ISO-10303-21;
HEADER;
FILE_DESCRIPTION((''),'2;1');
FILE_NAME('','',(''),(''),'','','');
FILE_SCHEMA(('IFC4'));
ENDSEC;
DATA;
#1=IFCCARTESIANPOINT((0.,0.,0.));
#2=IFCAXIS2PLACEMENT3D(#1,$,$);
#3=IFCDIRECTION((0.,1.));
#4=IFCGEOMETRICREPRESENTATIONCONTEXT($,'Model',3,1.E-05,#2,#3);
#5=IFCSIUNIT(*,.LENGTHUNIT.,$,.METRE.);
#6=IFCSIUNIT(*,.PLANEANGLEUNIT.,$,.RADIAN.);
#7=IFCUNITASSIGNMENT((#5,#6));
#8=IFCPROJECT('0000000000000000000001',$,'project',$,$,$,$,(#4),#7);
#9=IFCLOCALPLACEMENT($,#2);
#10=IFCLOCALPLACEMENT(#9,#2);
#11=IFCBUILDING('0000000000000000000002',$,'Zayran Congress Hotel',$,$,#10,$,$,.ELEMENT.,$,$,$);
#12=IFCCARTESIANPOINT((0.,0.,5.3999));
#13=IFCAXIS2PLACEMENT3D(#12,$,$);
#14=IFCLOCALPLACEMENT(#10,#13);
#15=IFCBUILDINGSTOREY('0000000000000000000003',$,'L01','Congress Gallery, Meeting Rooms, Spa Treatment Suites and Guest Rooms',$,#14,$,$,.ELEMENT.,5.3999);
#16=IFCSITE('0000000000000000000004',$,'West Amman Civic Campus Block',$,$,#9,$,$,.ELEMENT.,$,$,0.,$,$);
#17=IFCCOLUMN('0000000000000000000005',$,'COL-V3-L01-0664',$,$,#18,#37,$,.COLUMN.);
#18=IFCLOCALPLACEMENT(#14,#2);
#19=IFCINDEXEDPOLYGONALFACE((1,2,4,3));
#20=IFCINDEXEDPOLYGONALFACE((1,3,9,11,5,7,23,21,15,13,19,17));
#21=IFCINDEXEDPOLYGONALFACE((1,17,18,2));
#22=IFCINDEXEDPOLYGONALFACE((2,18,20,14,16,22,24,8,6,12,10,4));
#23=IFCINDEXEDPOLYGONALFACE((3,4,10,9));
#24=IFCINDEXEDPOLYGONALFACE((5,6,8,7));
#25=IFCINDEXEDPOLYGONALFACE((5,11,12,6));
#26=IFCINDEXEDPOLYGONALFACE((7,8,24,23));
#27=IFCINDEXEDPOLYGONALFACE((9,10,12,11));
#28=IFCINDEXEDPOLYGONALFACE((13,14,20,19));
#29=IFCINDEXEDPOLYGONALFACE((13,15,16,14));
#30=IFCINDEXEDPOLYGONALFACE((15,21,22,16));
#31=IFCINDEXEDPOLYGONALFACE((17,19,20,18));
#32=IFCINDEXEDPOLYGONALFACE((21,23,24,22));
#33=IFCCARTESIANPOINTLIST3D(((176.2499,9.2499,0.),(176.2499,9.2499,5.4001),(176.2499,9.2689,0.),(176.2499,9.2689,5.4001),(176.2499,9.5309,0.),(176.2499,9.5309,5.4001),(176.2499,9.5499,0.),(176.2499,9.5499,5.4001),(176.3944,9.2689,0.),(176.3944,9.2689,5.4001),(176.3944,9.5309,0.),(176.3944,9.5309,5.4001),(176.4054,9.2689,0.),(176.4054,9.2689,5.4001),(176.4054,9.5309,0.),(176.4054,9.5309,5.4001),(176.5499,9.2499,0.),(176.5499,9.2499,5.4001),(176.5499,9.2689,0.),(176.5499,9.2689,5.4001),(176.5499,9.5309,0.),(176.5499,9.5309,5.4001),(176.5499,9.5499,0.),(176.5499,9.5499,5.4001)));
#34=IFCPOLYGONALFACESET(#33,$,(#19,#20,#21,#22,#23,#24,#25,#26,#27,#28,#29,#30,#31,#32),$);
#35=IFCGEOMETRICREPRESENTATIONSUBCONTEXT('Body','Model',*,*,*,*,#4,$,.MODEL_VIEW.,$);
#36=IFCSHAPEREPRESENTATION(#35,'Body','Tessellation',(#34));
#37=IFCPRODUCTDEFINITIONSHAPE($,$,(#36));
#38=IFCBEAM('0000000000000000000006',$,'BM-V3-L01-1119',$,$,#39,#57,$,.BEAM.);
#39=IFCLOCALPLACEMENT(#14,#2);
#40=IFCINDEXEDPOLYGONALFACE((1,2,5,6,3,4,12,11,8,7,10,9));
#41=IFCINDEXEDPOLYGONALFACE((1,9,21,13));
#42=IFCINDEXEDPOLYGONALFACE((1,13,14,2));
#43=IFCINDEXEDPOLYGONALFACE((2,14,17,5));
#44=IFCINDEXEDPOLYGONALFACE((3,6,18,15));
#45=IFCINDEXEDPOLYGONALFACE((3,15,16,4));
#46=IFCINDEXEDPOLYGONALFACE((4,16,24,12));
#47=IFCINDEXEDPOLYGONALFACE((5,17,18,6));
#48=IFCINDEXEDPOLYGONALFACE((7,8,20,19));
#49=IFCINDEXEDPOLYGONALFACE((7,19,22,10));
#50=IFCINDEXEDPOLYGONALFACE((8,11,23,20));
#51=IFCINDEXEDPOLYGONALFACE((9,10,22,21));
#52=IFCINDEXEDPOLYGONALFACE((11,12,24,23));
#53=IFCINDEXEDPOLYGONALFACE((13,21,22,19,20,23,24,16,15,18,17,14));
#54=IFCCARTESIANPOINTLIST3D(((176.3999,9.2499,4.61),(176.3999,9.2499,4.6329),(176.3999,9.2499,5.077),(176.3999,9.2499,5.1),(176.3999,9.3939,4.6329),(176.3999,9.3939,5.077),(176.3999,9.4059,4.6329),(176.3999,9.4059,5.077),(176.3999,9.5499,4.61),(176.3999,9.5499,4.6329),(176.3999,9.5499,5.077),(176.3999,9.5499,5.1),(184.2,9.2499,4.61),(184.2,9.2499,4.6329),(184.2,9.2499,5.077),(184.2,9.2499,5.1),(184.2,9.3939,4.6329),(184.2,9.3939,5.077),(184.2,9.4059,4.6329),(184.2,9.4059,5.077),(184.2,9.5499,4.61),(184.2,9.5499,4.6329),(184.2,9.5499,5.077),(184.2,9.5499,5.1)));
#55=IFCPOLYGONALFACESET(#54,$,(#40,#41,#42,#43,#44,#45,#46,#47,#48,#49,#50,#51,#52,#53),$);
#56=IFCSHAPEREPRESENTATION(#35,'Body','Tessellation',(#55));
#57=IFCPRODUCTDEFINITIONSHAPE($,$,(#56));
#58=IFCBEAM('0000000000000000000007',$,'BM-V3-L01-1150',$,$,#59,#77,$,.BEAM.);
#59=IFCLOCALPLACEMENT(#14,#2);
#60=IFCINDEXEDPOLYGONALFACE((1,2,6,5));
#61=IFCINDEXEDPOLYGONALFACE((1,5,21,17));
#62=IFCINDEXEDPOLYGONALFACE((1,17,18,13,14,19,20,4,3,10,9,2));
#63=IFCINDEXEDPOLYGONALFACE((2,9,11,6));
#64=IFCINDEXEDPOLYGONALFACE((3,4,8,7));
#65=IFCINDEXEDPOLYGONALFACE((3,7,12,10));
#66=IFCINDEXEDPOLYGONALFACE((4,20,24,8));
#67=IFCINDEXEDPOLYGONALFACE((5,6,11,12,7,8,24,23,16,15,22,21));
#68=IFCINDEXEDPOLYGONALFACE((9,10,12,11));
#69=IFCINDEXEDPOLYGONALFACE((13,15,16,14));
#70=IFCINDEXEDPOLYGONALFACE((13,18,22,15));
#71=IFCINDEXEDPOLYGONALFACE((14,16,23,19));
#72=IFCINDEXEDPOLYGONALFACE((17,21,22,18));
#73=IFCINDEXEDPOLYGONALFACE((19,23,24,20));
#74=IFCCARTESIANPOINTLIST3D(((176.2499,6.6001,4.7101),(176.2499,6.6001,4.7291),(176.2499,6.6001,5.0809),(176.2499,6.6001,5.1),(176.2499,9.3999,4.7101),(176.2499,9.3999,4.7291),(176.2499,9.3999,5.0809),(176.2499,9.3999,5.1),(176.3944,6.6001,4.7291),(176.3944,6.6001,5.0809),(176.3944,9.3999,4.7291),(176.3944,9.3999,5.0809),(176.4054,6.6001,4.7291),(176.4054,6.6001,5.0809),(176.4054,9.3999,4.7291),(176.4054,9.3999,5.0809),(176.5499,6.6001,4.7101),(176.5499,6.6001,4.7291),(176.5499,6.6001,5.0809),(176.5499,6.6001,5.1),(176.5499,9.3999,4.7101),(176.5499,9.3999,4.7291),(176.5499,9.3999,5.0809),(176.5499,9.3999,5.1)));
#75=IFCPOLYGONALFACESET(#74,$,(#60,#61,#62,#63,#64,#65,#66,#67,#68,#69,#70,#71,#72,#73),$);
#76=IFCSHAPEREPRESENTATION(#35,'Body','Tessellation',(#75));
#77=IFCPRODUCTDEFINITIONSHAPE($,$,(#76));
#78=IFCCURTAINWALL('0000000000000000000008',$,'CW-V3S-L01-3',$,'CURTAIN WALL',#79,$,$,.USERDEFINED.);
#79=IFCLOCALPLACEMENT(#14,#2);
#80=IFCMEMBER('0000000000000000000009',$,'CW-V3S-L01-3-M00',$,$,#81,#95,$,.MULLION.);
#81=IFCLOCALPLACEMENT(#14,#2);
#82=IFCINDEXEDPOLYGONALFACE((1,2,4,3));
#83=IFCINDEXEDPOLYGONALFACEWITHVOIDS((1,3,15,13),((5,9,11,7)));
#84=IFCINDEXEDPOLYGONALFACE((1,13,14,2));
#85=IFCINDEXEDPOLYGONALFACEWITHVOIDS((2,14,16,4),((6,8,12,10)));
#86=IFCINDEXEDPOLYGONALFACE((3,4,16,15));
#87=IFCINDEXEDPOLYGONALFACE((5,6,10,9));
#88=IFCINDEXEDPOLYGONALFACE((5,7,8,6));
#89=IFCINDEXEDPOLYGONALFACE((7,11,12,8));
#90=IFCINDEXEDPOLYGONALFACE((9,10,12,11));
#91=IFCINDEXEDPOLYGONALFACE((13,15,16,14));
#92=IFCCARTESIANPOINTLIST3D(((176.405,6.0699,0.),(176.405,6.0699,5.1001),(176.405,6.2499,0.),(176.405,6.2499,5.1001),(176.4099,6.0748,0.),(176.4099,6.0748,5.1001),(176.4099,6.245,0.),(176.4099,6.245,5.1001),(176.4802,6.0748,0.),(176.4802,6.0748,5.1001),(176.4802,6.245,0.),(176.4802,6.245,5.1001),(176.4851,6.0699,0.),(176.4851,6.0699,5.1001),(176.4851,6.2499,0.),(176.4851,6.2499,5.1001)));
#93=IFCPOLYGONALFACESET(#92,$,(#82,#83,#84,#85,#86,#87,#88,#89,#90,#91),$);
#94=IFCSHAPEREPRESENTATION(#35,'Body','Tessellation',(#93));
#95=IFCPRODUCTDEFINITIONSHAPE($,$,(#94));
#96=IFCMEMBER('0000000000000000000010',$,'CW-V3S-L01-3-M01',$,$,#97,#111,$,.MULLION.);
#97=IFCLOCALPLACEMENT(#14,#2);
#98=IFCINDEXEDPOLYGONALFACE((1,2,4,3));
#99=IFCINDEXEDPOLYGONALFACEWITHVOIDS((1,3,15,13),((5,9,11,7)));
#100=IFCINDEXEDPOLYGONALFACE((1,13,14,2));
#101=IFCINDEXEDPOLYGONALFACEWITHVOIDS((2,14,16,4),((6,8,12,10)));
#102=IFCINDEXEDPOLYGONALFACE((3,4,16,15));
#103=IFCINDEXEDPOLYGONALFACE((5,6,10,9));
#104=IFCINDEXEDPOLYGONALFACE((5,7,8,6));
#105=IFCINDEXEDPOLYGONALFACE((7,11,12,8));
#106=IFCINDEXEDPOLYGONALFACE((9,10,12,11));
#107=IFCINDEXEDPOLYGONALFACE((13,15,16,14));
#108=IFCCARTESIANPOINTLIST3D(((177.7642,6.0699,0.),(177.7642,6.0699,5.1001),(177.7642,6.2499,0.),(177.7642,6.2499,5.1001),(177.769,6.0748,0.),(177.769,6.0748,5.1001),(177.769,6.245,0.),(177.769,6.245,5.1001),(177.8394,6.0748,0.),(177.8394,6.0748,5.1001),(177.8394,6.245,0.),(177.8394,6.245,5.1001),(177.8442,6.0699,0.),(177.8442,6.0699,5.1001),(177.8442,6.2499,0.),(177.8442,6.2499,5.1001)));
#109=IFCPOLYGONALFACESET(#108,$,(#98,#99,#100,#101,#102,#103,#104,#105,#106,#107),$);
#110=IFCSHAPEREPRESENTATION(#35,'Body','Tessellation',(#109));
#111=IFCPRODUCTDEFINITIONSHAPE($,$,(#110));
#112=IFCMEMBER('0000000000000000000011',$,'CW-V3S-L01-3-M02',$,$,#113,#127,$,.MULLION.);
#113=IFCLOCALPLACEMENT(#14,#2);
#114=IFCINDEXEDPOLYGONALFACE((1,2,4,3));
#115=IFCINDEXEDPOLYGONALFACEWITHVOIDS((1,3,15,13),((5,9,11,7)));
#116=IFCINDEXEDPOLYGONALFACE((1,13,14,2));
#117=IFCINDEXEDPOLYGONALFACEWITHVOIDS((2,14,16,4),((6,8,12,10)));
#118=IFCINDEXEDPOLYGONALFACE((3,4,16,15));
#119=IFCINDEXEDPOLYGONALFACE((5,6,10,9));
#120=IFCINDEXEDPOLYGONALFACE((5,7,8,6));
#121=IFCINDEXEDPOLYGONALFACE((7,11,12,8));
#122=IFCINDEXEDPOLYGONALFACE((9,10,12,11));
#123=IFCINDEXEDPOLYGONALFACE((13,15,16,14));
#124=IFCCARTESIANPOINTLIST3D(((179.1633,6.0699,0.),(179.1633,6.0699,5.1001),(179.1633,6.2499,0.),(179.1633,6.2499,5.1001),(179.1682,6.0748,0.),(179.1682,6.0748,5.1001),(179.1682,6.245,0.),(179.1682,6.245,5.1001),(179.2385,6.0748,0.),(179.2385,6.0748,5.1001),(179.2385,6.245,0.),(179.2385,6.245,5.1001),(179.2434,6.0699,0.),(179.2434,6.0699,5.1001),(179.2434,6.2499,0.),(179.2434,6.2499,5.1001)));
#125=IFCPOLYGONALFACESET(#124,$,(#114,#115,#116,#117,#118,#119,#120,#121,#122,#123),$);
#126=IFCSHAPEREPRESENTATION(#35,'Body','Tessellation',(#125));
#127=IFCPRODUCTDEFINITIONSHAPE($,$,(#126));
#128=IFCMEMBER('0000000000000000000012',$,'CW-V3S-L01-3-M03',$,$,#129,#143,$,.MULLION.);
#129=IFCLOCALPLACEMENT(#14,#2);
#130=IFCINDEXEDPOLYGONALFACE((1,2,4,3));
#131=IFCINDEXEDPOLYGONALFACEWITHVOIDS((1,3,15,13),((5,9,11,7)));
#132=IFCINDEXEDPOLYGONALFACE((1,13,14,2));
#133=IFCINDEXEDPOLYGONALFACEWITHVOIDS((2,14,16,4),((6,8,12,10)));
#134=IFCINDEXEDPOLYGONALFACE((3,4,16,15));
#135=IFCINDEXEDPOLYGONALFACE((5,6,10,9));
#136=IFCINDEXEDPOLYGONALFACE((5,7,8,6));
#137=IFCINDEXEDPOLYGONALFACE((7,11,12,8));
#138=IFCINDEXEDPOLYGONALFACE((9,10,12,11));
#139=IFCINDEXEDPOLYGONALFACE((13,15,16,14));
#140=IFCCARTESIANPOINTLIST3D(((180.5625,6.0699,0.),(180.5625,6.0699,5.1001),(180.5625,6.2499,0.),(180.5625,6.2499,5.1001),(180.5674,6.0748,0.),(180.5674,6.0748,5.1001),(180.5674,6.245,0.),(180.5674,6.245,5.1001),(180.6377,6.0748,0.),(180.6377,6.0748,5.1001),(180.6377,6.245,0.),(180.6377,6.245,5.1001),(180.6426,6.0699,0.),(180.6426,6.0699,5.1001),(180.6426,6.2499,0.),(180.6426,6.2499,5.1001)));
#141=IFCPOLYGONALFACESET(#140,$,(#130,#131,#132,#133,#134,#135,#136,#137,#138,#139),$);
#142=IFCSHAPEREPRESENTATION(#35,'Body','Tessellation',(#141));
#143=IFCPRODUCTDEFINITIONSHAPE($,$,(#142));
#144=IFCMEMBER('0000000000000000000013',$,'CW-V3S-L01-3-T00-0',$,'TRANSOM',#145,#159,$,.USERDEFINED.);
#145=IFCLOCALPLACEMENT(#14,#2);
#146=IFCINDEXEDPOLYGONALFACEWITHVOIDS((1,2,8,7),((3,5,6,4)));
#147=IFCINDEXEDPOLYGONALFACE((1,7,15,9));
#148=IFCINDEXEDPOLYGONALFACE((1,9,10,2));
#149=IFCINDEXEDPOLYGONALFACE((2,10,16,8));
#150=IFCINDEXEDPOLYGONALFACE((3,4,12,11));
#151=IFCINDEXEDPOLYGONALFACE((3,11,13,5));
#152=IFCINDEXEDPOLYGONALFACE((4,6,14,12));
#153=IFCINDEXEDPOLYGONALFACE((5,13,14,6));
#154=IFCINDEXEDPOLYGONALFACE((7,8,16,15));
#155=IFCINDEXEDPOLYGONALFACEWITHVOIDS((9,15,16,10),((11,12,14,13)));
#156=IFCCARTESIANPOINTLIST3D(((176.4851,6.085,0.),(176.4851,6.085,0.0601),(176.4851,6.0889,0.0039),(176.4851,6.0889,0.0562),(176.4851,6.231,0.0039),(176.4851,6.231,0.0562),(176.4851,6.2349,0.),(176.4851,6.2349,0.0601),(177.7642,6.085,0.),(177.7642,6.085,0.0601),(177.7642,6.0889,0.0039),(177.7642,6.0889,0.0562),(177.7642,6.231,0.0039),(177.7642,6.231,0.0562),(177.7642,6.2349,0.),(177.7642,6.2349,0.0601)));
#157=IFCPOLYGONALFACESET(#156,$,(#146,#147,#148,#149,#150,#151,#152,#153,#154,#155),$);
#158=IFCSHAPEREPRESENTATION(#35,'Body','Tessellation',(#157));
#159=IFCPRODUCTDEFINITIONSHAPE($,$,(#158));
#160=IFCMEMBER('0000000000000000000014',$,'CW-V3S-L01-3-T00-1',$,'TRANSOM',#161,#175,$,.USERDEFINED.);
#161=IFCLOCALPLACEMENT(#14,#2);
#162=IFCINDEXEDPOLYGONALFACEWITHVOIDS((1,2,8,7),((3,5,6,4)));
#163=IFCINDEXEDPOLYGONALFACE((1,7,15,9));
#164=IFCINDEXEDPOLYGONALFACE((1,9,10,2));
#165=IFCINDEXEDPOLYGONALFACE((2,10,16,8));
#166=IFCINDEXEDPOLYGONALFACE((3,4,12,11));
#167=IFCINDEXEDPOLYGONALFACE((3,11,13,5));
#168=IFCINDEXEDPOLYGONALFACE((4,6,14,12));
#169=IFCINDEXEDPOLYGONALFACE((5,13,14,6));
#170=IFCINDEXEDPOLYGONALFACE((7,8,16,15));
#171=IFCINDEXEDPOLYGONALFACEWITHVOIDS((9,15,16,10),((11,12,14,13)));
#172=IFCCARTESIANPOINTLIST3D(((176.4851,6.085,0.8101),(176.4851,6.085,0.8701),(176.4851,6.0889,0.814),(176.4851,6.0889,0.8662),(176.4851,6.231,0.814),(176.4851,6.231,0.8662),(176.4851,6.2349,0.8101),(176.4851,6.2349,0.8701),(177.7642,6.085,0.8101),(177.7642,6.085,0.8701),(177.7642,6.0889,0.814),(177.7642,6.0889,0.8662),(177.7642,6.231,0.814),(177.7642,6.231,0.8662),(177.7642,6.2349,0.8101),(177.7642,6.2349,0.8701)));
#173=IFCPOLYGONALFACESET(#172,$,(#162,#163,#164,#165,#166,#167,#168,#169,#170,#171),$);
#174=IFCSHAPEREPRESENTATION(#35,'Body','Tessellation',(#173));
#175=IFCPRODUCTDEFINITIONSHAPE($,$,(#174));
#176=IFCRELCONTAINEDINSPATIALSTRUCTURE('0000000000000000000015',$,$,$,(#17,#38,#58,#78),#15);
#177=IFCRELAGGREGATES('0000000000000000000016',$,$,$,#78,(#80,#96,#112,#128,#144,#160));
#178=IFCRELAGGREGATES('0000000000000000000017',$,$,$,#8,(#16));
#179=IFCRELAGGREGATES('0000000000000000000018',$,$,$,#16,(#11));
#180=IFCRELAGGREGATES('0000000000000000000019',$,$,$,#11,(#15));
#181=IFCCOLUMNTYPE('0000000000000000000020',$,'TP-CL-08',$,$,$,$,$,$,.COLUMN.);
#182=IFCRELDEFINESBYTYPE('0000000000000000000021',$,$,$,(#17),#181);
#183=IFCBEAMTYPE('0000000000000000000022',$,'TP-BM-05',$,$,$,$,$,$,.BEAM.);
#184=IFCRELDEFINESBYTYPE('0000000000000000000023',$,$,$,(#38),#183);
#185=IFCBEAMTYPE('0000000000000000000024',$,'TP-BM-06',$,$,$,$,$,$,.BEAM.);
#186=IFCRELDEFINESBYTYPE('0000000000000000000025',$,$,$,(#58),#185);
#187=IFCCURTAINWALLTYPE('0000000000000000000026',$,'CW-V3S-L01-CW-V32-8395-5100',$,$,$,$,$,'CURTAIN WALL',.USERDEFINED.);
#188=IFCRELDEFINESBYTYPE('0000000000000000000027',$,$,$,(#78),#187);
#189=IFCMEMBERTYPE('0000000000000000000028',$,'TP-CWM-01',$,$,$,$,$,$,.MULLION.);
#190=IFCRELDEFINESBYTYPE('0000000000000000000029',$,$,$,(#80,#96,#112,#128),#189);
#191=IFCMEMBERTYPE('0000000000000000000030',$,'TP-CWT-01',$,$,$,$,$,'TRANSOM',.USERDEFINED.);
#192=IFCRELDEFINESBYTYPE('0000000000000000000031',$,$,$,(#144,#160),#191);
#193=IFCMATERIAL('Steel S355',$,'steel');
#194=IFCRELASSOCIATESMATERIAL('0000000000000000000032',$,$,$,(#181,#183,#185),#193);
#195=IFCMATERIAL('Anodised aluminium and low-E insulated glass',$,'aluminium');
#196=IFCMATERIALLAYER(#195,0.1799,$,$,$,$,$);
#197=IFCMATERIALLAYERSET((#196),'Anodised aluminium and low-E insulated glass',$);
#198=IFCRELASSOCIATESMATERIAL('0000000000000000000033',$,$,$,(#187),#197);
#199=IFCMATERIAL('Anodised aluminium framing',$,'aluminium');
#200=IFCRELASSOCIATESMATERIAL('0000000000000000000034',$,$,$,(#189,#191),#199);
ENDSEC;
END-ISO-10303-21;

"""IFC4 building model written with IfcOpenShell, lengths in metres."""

from ifc_helpers import new_model, si_unit, direction, frame, origin, origin_2d, place, context, subcontext, project, spatial, hollow_rectangle, i_section, extrude, material, layer, layer_set, material_profile, profile_set, type_object, element, aggregate, save


model = new_model("IFC4")

# Units and contexts
model_context = context("Model", 3, precision=1e-05, world=origin(), true_north=direction((0.0, 1.0)))
body_context = subcontext(model_context, "Body", "Model", "MODEL_VIEW")
ifc_project = project(units=[si_unit("LENGTHUNIT", "METRE"), si_unit("PLANEANGLEUNIT", "RADIAN")], contexts=[model_context])

# Site, building, storey
site_placement = place(None, origin())
site = spatial("IfcSite", under=ifc_project, at=site_placement, Name="West Amman Civic Campus Block", CompositionType="ELEMENT", RefElevation=0.0)
building_placement = place(site_placement, origin())
building = spatial("IfcBuilding", under=site, at=building_placement, Name="Zayran Congress Hotel", CompositionType="ELEMENT")
storey_placement = place(building_placement, frame((0.0, 0.0, 5.3999)))
storey = spatial("IfcBuildingStorey", under=building, at=storey_placement, Name="L01", Description="Congress Gallery, Meeting Rooms, Spa Treatment Suites and Guest Rooms", CompositionType="ELEMENT", Elevation=5.3999)

# Column
ifc_material_1 = material(Name="Steel S355", Category="steel")
ifc_material_profile_1 = material_profile(ifc_material_1, i_section(OverallWidth=0.3, OverallDepth=0.3, WebThickness=0.011, FlangeThickness=0.019, at=origin_2d()), Name="HEB 300")
ifc_profile_set_1 = profile_set([ifc_material_profile_1], Name="Steel S355")
column_type = type_object("IfcColumnType", Name="TP-CL-08", PredefinedType="COLUMN", material=ifc_profile_set_1)
column_placement = place(storey_placement, frame((176.3999, 9.3999, 0.0), z_axis=(0.0, 0.0, 1.0), x_axis=(1.0, 0.0, 0.0)))
element("IfcColumn", 1, at=column_placement, inside=storey, type_object=column_type, Name="COL-V3-L01-0664", PredefinedType="COLUMN", context=body_context, shape_type="SweptSolid", body=[
    extrude(i_section(OverallWidth=0.3, OverallDepth=0.3, WebThickness=0.011, FlangeThickness=0.019, at=origin_2d()), origin(), (0.0, 0.0, 1.0), 5.4001),
])

# Beams
ifc_material_profile_2 = material_profile(ifc_material_1, i_section(OverallWidth=0.3, OverallDepth=0.49, WebThickness=0.012, FlangeThickness=0.0229, at=origin_2d()), Name="HEA 500")
ifc_profile_set_2 = profile_set([ifc_material_profile_2], Name="Steel S355")
beam_type_1 = type_object("IfcBeamType", Name="TP-BM-05", PredefinedType="BEAM", material=ifc_profile_set_2)
beam_1_placement = place(storey_placement, frame((176.3999, 9.3999, 4.855), z_axis=(1.0, 0.0, 0.0), x_axis=(0.0, 1.0, 0.0)))
element("IfcBeam", 2, at=beam_1_placement, inside=storey, type_object=beam_type_1, Name="BM-V3-L01-1119", PredefinedType="BEAM", context=body_context, shape_type="SweptSolid", body=[
    extrude(i_section(OverallWidth=0.3, OverallDepth=0.49, WebThickness=0.012, FlangeThickness=0.0229, at=origin_2d()), origin(), (0.0, 0.0, 1.0), 7.8),
])
ifc_material_profile_3 = material_profile(ifc_material_1, i_section(OverallWidth=0.3, OverallDepth=0.3899, WebThickness=0.011, FlangeThickness=0.019, at=origin_2d()), Name="HEA 400")
ifc_profile_set_3 = profile_set([ifc_material_profile_3], Name="Steel S355")
beam_type_2 = type_object("IfcBeamType", Name="TP-BM-06", PredefinedType="BEAM", material=ifc_profile_set_3)
beam_2_placement = place(storey_placement, frame((176.3999, 6.6001, 4.905), z_axis=(0.0, 1.0, 0.0), x_axis=(-1.0, 0.0, 0.0)))
element("IfcBeam", 3, at=beam_2_placement, inside=storey, type_object=beam_type_2, Name="BM-V3-L01-1150", PredefinedType="BEAM", context=body_context, shape_type="SweptSolid", body=[
    extrude(i_section(OverallWidth=0.3, OverallDepth=0.3899, WebThickness=0.011, FlangeThickness=0.019, at=origin_2d()), origin(), (0.0, 0.0, 1.0), 2.7998),
])

# Curtain wall, members
ifc_material_2 = material(Name="Anodised aluminium and low-E insulated glass", Category="aluminium")
ifc_layer_1 = layer(ifc_material_2, 0.1799)
ifc_layer_set_1 = layer_set([ifc_layer_1], Name="Anodised aluminium and low-E insulated glass")
curtain_wall_type = type_object("IfcCurtainWallType", Name="CW-V3S-L01-CW-V32-8395-5100", ElementType="CURTAIN WALL", PredefinedType="USERDEFINED", material=ifc_layer_set_1)
curtain_wall_placement = place(storey_placement, origin())
curtain_wall = element("IfcCurtainWall", 4, at=curtain_wall_placement, inside=storey, type_object=curtain_wall_type, Name="CW-V3S-L01-3", ObjectType="CURTAIN WALL", PredefinedType="USERDEFINED")
ifc_material_3 = material(Name="Anodised aluminium framing", Category="aluminium")
ifc_material_profile_4 = material_profile(ifc_material_3, hollow_rectangle(XDim=0.0801, YDim=0.1799, WallThickness=0.0049, at=origin_2d()), Name="RHS 180x80x5")
ifc_profile_set_4 = profile_set([ifc_material_profile_4], Name="Anodised aluminium framing")
member_type_1 = type_object("IfcMemberType", Name="TP-CWM-01", PredefinedType="MULLION", material=ifc_profile_set_4)
member_1_placement = place(storey_placement, frame((176.4451, 6.1599, 0.0), z_axis=(0.0, 0.0, 1.0), x_axis=(1.0, 0.0, 0.0)))
member_1 = element("IfcMember", 5, at=member_1_placement, type_object=member_type_1, Name="CW-V3S-L01-3-M00", PredefinedType="MULLION", context=body_context, shape_type="SweptSolid", body=[
    extrude(hollow_rectangle(XDim=0.0801, YDim=0.1799, WallThickness=0.0049, at=origin_2d()), origin(), (0.0, 0.0, 1.0), 5.1001),
])
member_2_placement = place(storey_placement, frame((177.8042, 6.1599, 0.0), z_axis=(0.0, 0.0, 1.0), x_axis=(1.0, 0.0, 0.0)))
member_2 = element("IfcMember", 6, at=member_2_placement, type_object=member_type_1, Name="CW-V3S-L01-3-M01", PredefinedType="MULLION", context=body_context, shape_type="SweptSolid", body=[
    extrude(hollow_rectangle(XDim=0.0801, YDim=0.1799, WallThickness=0.0049, at=origin_2d()), origin(), (0.0, 0.0, 1.0), 5.1001),
])
member_3_placement = place(storey_placement, frame((179.2034, 6.1599, 0.0), z_axis=(0.0, 0.0, 1.0), x_axis=(1.0, 0.0, 0.0)))
member_3 = element("IfcMember", 7, at=member_3_placement, type_object=member_type_1, Name="CW-V3S-L01-3-M02", PredefinedType="MULLION", context=body_context, shape_type="SweptSolid", body=[
    extrude(hollow_rectangle(XDim=0.0801, YDim=0.1799, WallThickness=0.0049, at=origin_2d()), origin(), (0.0, 0.0, 1.0), 5.1001),
])
member_4_placement = place(storey_placement, frame((180.6025, 6.1599, 0.0), z_axis=(0.0, 0.0, 1.0), x_axis=(1.0, 0.0, 0.0)))
member_4 = element("IfcMember", 8, at=member_4_placement, type_object=member_type_1, Name="CW-V3S-L01-3-M03", PredefinedType="MULLION", context=body_context, shape_type="SweptSolid", body=[
    extrude(hollow_rectangle(XDim=0.0801, YDim=0.1799, WallThickness=0.0049, at=origin_2d()), origin(), (0.0, 0.0, 1.0), 5.1001),
])
ifc_material_profile_5 = material_profile(ifc_material_3, hollow_rectangle(XDim=0.0601, YDim=0.1499, WallThickness=0.0039, at=origin_2d()), Name="RHS 150x60x4")
ifc_profile_set_5 = profile_set([ifc_material_profile_5], Name="Anodised aluminium framing")
member_type_2 = type_object("IfcMemberType", Name="TP-CWT-01", ElementType="TRANSOM", PredefinedType="USERDEFINED", material=ifc_profile_set_5)
member_5_placement = place(storey_placement, frame((176.4851, 6.1599, 0.03), z_axis=(1.0, 0.0, 0.0), x_axis=(0.0, 0.0, 1.0)))
member_5 = element("IfcMember", 9, at=member_5_placement, type_object=member_type_2, Name="CW-V3S-L01-3-T00-0", ObjectType="TRANSOM", PredefinedType="USERDEFINED", context=body_context, shape_type="SweptSolid", body=[
    extrude(hollow_rectangle(XDim=0.0601, YDim=0.1499, WallThickness=0.0039, at=origin_2d()), origin(), (0.0, 0.0, 1.0), 1.2791),
])
member_6_placement = place(storey_placement, frame((176.4851, 6.1599, 0.8401), z_axis=(1.0, 0.0, 0.0), x_axis=(0.0, 0.0, 1.0)))
member_6 = element("IfcMember", 10, at=member_6_placement, type_object=member_type_2, Name="CW-V3S-L01-3-T00-1", ObjectType="TRANSOM", PredefinedType="USERDEFINED", context=body_context, shape_type="SweptSolid", body=[
    extrude(hollow_rectangle(XDim=0.0601, YDim=0.1499, WallThickness=0.0039, at=origin_2d()), origin(), (0.0, 0.0, 1.0), 1.2791),
])
aggregate(curtain_wall, [member_1, member_2, member_3, member_4, member_5, member_6])

save(model, "model.ifc")
